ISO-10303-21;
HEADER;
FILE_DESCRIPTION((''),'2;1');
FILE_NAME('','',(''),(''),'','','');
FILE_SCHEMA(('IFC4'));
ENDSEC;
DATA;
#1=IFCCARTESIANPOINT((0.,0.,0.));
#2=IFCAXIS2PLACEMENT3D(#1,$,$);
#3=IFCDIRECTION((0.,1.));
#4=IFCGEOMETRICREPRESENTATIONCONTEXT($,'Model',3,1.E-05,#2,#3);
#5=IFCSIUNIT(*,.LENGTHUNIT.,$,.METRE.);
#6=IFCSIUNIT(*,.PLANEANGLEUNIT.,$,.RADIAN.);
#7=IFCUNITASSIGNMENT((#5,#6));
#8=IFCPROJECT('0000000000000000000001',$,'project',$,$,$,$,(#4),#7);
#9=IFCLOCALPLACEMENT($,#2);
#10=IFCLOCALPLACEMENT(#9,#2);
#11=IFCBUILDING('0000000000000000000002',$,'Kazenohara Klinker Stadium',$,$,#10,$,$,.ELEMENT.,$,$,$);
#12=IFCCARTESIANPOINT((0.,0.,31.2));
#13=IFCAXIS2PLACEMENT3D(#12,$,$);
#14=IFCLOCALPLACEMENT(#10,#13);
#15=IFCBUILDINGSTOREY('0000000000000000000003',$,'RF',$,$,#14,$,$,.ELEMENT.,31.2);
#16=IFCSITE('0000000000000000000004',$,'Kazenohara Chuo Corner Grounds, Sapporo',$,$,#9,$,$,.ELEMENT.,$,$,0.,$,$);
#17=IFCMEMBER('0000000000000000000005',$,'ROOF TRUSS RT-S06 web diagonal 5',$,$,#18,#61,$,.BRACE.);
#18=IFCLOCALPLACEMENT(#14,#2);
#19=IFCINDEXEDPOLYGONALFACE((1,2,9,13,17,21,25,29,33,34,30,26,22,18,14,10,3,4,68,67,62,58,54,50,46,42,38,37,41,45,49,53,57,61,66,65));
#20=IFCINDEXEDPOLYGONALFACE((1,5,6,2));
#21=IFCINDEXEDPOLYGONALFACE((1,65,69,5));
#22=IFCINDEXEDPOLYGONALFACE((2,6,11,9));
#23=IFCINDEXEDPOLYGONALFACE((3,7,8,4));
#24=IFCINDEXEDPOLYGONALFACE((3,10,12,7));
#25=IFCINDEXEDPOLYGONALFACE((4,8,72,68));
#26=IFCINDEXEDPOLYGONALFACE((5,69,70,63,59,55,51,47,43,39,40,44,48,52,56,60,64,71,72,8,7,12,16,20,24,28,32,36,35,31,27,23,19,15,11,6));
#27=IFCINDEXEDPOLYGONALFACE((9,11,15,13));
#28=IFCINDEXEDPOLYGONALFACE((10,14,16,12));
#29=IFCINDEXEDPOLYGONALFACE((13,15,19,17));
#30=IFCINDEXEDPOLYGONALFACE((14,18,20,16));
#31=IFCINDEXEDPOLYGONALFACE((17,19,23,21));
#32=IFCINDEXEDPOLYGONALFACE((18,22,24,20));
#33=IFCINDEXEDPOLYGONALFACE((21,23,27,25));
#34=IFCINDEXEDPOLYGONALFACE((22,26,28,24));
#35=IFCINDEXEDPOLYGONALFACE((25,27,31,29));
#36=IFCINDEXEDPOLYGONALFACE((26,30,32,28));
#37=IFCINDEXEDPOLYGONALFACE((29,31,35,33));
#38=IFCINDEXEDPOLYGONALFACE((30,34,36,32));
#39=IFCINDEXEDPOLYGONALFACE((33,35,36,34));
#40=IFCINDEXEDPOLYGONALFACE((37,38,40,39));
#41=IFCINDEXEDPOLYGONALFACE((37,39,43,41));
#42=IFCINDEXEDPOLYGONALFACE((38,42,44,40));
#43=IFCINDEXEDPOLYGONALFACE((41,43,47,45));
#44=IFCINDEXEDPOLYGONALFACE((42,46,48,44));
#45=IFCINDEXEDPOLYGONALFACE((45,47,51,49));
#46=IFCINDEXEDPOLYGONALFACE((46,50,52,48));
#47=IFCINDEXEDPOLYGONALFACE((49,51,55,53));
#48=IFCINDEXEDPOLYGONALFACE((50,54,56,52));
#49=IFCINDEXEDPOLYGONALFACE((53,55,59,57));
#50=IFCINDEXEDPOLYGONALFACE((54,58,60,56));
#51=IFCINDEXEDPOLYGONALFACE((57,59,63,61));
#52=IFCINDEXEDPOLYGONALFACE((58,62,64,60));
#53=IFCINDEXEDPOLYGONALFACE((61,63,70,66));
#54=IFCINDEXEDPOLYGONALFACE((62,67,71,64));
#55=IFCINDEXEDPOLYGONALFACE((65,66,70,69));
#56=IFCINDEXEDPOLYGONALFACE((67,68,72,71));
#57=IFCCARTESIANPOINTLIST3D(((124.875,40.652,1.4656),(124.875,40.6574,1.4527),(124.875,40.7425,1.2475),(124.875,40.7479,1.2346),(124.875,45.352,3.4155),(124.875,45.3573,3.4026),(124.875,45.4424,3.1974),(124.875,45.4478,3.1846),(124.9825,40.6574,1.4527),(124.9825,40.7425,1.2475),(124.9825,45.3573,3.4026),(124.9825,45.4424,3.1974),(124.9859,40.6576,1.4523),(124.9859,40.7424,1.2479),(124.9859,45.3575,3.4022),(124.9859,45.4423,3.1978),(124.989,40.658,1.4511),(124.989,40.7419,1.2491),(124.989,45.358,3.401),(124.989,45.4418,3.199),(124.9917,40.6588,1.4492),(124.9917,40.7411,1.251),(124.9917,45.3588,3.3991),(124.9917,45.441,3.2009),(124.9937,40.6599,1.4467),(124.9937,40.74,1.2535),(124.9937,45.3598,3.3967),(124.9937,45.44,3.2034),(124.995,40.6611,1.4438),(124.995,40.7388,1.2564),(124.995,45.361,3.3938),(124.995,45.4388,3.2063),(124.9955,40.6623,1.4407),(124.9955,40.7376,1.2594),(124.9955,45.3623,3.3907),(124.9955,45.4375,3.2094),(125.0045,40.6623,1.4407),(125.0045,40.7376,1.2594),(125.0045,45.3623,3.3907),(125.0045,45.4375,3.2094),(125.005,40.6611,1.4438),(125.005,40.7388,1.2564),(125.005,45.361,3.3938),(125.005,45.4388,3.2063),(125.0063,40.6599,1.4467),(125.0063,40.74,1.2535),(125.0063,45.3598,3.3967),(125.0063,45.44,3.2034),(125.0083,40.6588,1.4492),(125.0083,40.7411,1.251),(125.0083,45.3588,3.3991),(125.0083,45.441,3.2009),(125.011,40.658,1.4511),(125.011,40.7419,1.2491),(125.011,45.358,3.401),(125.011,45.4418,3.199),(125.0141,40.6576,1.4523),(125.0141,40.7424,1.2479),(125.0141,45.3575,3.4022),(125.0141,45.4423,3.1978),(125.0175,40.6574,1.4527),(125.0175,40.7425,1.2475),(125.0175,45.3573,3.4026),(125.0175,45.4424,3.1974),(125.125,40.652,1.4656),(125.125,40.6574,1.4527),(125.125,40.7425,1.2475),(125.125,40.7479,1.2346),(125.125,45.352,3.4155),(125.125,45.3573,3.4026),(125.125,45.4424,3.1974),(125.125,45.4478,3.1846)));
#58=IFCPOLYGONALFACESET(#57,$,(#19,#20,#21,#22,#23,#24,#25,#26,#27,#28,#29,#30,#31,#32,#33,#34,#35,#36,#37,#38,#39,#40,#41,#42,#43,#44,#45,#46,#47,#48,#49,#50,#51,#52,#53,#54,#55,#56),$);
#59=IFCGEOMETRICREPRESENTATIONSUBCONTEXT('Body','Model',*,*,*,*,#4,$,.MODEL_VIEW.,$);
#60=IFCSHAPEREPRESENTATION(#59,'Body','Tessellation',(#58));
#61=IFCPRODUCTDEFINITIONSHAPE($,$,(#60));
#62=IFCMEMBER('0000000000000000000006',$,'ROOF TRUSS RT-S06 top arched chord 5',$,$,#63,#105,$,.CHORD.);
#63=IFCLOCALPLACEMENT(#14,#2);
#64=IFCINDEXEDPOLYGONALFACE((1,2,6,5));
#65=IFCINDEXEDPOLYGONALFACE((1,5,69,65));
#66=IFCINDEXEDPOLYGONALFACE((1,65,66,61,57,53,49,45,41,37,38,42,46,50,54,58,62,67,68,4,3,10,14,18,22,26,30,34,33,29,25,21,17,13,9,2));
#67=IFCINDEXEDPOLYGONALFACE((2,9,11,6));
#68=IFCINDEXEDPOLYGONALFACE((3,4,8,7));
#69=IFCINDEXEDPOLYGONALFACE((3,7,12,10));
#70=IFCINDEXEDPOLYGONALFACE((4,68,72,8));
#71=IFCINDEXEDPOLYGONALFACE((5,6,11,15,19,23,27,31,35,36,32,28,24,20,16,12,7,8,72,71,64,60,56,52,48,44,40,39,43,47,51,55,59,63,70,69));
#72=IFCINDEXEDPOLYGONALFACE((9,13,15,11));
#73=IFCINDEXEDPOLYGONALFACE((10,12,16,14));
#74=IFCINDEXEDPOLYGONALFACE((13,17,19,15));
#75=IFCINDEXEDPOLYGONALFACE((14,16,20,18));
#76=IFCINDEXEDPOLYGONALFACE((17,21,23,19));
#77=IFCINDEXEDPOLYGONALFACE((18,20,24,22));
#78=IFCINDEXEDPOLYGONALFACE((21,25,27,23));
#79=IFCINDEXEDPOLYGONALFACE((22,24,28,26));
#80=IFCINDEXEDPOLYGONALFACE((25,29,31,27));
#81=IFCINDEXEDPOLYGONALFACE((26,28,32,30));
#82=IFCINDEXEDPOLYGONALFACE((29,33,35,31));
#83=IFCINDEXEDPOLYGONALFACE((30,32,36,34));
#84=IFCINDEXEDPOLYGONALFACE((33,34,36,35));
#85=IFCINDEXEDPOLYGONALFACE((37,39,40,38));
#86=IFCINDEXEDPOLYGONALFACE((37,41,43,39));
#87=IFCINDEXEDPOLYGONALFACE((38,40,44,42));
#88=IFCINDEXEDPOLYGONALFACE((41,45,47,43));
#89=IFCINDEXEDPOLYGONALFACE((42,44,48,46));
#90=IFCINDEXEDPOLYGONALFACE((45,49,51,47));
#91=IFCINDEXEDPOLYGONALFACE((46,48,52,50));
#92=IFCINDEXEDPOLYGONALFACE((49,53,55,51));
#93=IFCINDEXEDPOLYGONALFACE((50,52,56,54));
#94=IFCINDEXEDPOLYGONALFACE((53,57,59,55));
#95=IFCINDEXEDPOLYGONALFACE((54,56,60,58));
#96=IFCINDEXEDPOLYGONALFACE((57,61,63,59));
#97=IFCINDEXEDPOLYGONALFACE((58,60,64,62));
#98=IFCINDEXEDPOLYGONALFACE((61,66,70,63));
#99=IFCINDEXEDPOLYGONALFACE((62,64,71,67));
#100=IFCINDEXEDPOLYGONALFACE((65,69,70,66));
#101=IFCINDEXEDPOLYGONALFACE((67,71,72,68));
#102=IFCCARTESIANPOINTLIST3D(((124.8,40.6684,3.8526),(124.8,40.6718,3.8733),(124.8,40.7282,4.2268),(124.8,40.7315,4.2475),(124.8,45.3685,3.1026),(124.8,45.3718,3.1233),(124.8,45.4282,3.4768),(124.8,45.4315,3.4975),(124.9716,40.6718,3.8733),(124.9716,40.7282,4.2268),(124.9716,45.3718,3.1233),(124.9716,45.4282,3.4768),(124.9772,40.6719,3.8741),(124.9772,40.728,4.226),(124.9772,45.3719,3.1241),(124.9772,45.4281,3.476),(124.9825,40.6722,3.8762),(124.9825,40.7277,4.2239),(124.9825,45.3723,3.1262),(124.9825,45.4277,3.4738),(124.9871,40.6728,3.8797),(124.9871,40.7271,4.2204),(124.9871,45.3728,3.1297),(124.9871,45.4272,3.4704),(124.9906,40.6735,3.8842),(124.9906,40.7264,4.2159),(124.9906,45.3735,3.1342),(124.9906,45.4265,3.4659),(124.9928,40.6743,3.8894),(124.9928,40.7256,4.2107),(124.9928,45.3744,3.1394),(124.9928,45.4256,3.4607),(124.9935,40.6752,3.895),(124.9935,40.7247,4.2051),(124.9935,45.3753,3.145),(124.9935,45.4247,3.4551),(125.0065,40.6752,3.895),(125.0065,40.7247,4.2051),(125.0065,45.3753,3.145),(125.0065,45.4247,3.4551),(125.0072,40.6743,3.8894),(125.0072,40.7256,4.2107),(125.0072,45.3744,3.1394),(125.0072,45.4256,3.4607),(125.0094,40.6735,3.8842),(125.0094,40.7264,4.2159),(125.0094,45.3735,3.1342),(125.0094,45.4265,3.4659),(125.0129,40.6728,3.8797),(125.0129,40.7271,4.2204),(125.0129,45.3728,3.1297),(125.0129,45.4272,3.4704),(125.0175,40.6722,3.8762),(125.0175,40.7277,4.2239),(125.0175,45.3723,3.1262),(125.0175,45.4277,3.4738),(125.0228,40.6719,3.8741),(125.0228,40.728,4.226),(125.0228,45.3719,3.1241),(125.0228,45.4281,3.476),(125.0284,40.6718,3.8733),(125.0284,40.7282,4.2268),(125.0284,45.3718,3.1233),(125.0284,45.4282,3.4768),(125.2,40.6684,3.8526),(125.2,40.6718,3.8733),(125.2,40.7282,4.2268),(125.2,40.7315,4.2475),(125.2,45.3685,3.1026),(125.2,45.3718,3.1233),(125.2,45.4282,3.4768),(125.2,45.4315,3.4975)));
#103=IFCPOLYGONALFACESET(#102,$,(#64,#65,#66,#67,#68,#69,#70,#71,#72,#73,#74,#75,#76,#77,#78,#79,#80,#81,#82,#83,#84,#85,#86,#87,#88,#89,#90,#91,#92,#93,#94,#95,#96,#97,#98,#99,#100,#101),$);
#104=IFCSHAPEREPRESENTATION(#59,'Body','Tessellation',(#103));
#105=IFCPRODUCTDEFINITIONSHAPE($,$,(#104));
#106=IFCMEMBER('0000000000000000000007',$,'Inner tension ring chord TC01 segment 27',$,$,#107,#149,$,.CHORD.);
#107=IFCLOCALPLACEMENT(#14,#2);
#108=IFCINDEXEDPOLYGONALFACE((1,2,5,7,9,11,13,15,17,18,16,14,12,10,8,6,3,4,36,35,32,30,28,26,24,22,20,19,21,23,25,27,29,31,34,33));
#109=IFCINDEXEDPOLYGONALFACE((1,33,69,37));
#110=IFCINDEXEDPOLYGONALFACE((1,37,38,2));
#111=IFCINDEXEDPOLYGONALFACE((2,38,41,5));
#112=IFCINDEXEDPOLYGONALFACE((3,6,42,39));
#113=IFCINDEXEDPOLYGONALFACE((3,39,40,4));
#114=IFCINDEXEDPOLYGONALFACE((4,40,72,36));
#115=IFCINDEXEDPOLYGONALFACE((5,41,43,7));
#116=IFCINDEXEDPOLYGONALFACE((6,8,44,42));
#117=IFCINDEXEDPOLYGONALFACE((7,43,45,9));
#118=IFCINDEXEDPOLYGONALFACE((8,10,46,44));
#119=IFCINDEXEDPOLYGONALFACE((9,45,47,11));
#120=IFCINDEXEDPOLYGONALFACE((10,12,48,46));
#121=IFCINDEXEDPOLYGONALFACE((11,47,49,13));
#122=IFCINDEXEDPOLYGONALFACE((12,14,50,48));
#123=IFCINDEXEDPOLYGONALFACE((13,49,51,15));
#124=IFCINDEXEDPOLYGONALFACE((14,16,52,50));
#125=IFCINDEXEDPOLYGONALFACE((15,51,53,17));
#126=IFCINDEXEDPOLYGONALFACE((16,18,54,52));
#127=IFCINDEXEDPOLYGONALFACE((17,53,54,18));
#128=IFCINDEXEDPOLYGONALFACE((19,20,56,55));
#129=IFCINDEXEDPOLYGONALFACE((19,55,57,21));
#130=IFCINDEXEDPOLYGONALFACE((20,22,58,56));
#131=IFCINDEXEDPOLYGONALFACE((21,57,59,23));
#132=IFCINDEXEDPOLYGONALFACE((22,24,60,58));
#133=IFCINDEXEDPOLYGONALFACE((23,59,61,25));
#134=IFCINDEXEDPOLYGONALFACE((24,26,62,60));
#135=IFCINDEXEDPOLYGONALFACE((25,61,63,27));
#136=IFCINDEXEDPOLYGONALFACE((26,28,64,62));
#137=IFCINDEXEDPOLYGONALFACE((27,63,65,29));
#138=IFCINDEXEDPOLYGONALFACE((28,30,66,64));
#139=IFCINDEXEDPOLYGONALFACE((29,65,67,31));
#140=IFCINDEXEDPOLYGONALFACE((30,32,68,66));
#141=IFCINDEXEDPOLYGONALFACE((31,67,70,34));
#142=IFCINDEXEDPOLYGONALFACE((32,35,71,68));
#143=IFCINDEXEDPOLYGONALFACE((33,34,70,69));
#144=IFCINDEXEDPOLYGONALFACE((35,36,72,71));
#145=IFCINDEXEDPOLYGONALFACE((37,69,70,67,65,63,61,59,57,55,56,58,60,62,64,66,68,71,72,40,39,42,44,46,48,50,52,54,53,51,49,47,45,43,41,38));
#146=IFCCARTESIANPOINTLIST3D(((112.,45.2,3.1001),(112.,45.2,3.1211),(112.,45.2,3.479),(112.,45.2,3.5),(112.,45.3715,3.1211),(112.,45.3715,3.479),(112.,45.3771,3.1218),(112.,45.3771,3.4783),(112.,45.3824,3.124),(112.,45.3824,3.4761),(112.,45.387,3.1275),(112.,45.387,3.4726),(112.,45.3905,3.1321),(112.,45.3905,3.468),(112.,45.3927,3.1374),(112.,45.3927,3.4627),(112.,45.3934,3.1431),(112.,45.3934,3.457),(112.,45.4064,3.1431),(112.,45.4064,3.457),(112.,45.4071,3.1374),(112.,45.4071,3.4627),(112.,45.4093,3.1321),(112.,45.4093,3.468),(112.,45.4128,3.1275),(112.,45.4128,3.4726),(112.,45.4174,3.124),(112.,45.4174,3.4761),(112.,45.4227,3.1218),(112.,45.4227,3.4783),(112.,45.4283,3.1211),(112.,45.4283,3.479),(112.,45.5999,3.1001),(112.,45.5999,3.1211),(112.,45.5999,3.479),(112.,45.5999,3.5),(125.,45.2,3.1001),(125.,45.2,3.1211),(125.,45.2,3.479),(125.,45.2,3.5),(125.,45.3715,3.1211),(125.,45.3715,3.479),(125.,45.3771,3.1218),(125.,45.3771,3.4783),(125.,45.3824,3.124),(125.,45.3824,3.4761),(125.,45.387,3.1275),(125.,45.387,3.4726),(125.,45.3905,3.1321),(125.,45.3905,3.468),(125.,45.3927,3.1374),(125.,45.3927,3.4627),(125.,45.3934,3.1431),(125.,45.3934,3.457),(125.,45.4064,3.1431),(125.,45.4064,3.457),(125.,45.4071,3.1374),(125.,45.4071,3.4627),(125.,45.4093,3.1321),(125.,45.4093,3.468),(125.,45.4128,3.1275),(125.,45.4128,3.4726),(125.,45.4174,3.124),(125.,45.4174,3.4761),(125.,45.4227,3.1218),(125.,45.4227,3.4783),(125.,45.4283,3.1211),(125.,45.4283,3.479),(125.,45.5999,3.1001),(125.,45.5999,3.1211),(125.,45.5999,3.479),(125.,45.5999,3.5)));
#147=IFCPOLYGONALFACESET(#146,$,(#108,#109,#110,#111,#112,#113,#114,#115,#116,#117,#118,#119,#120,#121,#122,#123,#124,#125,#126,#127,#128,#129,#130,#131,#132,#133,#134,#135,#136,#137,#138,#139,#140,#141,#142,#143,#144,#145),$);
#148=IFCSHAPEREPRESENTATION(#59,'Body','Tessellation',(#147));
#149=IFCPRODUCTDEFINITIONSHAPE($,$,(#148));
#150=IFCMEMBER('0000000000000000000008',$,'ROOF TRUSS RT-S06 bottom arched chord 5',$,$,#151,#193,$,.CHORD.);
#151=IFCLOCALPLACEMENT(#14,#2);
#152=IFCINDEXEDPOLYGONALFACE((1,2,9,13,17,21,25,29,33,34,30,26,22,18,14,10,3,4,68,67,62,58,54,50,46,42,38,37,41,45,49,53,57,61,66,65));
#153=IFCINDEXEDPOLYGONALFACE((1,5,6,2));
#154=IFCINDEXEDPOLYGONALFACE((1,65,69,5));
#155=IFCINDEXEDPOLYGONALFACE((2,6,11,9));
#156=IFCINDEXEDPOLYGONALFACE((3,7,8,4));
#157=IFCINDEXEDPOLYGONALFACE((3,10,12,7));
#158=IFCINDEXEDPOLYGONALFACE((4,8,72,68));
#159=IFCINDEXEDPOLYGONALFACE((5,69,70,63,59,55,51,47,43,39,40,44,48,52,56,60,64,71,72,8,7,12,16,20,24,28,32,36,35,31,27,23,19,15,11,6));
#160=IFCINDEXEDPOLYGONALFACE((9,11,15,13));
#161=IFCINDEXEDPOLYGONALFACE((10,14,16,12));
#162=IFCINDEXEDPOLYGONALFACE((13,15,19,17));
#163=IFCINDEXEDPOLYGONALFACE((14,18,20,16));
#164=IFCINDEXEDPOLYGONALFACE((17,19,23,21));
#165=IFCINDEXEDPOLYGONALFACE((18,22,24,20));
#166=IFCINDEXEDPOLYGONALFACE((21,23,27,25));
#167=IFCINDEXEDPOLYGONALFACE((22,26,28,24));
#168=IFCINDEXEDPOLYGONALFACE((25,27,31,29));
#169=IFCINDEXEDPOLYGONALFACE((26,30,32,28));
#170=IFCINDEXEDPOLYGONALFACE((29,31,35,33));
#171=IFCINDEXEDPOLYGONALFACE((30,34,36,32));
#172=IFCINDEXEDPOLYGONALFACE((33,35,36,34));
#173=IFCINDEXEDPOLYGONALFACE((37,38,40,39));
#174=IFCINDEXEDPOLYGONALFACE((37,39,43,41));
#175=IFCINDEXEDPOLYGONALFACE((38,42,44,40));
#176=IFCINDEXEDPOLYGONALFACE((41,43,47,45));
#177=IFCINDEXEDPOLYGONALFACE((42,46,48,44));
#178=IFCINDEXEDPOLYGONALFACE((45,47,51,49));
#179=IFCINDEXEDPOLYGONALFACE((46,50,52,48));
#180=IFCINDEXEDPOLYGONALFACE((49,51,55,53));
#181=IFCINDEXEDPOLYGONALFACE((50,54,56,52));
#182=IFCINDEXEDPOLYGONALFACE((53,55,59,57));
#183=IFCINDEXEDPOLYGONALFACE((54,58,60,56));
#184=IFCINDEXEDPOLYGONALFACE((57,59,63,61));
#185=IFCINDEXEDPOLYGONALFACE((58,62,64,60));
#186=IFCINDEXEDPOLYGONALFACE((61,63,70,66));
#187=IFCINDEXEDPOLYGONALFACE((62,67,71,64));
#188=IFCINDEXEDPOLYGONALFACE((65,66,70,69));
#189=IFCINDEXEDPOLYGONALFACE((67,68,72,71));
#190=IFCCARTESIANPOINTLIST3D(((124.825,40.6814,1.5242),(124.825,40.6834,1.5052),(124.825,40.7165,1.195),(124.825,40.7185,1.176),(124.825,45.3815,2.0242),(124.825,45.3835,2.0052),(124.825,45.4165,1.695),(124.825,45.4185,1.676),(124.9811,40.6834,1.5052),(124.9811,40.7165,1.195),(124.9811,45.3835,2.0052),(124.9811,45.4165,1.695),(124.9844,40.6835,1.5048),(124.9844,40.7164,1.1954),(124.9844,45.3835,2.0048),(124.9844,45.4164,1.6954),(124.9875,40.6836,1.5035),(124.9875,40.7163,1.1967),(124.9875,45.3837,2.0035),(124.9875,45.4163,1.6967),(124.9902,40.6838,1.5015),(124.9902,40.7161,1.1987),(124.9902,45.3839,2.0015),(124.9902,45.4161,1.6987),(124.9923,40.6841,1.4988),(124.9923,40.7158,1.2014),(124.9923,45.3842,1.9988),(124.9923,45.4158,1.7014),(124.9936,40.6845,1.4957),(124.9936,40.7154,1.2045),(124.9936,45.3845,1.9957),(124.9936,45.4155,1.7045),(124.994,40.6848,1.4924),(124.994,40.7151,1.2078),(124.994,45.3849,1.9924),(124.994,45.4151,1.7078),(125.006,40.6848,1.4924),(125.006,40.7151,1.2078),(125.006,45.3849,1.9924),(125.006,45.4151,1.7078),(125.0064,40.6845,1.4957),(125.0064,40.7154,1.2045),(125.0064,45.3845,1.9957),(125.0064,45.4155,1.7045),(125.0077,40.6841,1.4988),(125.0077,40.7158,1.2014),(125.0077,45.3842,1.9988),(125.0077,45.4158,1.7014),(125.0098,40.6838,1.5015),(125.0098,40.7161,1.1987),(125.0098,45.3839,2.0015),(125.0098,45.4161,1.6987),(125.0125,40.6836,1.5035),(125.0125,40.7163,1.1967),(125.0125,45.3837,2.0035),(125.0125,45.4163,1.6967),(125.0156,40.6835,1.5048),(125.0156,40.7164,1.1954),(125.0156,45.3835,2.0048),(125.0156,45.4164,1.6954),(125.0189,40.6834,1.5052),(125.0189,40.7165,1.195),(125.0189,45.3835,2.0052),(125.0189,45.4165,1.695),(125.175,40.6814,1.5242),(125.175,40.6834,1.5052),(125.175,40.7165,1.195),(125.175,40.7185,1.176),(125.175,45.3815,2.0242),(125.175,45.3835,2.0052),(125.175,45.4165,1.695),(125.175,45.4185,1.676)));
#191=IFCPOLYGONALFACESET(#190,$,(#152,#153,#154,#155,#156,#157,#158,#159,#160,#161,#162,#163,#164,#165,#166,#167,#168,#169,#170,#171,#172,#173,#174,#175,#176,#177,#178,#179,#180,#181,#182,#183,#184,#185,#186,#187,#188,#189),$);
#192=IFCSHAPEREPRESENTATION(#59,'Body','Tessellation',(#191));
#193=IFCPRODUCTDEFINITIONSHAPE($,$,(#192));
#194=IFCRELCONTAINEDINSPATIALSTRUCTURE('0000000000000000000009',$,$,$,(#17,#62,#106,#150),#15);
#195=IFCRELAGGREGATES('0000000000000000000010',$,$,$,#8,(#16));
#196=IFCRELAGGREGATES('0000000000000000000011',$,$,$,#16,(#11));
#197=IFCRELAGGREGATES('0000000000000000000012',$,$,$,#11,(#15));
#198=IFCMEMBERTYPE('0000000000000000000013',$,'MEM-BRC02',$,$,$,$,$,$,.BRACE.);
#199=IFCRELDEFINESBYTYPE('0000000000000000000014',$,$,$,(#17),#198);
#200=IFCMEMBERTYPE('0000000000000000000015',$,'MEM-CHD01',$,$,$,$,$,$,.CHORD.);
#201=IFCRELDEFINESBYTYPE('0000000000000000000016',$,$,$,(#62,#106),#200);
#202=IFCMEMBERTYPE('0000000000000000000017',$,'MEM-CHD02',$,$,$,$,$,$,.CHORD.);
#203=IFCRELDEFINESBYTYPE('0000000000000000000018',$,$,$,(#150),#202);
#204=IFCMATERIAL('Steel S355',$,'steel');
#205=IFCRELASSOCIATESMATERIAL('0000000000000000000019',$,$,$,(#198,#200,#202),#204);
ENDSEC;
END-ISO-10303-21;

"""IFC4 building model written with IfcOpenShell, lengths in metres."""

from ifc_helpers import new_model, si_unit, direction, frame, origin, origin_2d, place, context, subcontext, project, spatial, i_section, extrude, material, material_profile, profile_set, type_object, element, save


model = new_model("IFC4")

# Units and contexts
model_context = context("Model", 3, precision=1e-05, world=origin(), true_north=direction((0.0, 1.0)))
body_context = subcontext(model_context, "Body", "Model", "MODEL_VIEW")
ifc_project = project(units=[si_unit("LENGTHUNIT", "METRE"), si_unit("PLANEANGLEUNIT", "RADIAN")], contexts=[model_context])

# Site, building, storey
site_placement = place(None, origin())
site = spatial("IfcSite", under=ifc_project, at=site_placement, Name="Kazenohara Chuo Corner Grounds, Sapporo", CompositionType="ELEMENT", RefElevation=0.0)
building_placement = place(site_placement, origin())
building = spatial("IfcBuilding", under=site, at=building_placement, Name="Kazenohara Klinker Stadium", CompositionType="ELEMENT")
storey_placement = place(building_placement, frame((0.0, 0.0, 31.2)))
storey = spatial("IfcBuildingStorey", under=building, at=storey_placement, Name="RF", CompositionType="ELEMENT", Elevation=31.2)

# Members
ifc_material_1 = material(Name="Steel S355", Category="steel")
ifc_material_profile_1 = material_profile(ifc_material_1, i_section(OverallWidth=0.25, OverallDepth=0.25, WebThickness=0.009, FlangeThickness=0.0139, FilletRadius=0.0129, at=origin_2d()), Name="H-250x250x9x14")
ifc_profile_set_1 = profile_set([ifc_material_profile_1], Name="Steel S355")
member_type_1 = type_object("IfcMemberType", Name="MEM-BRC02", PredefinedType="BRACE", material=ifc_profile_set_1)
member_1_placement = place(storey_placement, frame((125.0, 40.7, 1.3501), z_axis=(0.0, 0.923659, 0.383215), x_axis=(-1.0, 0.0, 0.0)))
element("IfcMember", 1, at=member_1_placement, inside=storey, type_object=member_type_1, Name="ROOF TRUSS RT-S06 web diagonal 5", PredefinedType="BRACE", context=body_context, shape_type="SweptSolid", body=[
    extrude(i_section(OverallWidth=0.25, OverallDepth=0.25, WebThickness=0.009, FlangeThickness=0.0139, FilletRadius=0.0129, at=origin_2d()), origin(), (0.0, 0.0, 1.0), 5.0884),
])
ifc_material_profile_2 = material_profile(ifc_material_1, i_section(OverallWidth=0.3999, OverallDepth=0.3999, WebThickness=0.0129, FlangeThickness=0.021, FilletRadius=0.022, at=origin_2d()), Name="H-400x400x13x21")
ifc_profile_set_2 = profile_set([ifc_material_profile_2], Name="Steel S355")
member_type_2 = type_object("IfcMemberType", Name="MEM-CHD01", PredefinedType="CHORD", material=ifc_profile_set_2)
member_2_placement = place(storey_placement, frame((125.0, 40.7, 4.05), z_axis=(0.0, 0.987506, -0.157582), x_axis=(-1.0, 0.0, 0.0)))
element("IfcMember", 2, at=member_2_placement, inside=storey, type_object=member_type_2, Name="ROOF TRUSS RT-S06 top arched chord 5", PredefinedType="CHORD", context=body_context, shape_type="SweptSolid", body=[
    extrude(i_section(OverallWidth=0.3999, OverallDepth=0.3999, WebThickness=0.0129, FlangeThickness=0.021, FilletRadius=0.022, at=origin_2d()), origin(), (0.0, 0.0, 1.0), 4.7595),
])
member_3_placement = place(storey_placement, frame((125.0, 45.3999, 3.3), z_axis=(-1.0, 0.0, 0.0), x_axis=(0.0, -1.0, 0.0)))
element("IfcMember", 3, at=member_3_placement, inside=storey, type_object=member_type_2, Name="Inner tension ring chord TC01 segment 27", PredefinedType="CHORD", context=body_context, shape_type="SweptSolid", body=[
    extrude(i_section(OverallWidth=0.3999, OverallDepth=0.3999, WebThickness=0.0129, FlangeThickness=0.021, FilletRadius=0.022, at=origin_2d()), origin(), (0.0, 0.0, 1.0), 13.0),
])
ifc_material_profile_3 = material_profile(ifc_material_1, i_section(OverallWidth=0.3501, OverallDepth=0.3501, WebThickness=0.012, FlangeThickness=0.019, FilletRadius=0.0129, at=origin_2d()), Name="H-350x350x12x19")
ifc_profile_set_3 = profile_set([ifc_material_profile_3], Name="Steel S355")
member_type_3 = type_object("IfcMemberType", Name="MEM-CHD02", PredefinedType="CHORD", material=ifc_profile_set_3)
member_4_placement = place(storey_placement, frame((125.0, 40.7, 1.3501), z_axis=(0.0, 0.994389, 0.105787), x_axis=(-1.0, 0.0, 0.0)))
element("IfcMember", 4, at=member_4_placement, inside=storey, type_object=member_type_3, Name="ROOF TRUSS RT-S06 bottom arched chord 5", PredefinedType="CHORD", context=body_context, shape_type="SweptSolid", body=[
    extrude(i_section(OverallWidth=0.3501, OverallDepth=0.3501, WebThickness=0.012, FlangeThickness=0.019, FilletRadius=0.0129, at=origin_2d()), origin(), (0.0, 0.0, 1.0), 4.7266),
])

save(model, "model.ifc")
